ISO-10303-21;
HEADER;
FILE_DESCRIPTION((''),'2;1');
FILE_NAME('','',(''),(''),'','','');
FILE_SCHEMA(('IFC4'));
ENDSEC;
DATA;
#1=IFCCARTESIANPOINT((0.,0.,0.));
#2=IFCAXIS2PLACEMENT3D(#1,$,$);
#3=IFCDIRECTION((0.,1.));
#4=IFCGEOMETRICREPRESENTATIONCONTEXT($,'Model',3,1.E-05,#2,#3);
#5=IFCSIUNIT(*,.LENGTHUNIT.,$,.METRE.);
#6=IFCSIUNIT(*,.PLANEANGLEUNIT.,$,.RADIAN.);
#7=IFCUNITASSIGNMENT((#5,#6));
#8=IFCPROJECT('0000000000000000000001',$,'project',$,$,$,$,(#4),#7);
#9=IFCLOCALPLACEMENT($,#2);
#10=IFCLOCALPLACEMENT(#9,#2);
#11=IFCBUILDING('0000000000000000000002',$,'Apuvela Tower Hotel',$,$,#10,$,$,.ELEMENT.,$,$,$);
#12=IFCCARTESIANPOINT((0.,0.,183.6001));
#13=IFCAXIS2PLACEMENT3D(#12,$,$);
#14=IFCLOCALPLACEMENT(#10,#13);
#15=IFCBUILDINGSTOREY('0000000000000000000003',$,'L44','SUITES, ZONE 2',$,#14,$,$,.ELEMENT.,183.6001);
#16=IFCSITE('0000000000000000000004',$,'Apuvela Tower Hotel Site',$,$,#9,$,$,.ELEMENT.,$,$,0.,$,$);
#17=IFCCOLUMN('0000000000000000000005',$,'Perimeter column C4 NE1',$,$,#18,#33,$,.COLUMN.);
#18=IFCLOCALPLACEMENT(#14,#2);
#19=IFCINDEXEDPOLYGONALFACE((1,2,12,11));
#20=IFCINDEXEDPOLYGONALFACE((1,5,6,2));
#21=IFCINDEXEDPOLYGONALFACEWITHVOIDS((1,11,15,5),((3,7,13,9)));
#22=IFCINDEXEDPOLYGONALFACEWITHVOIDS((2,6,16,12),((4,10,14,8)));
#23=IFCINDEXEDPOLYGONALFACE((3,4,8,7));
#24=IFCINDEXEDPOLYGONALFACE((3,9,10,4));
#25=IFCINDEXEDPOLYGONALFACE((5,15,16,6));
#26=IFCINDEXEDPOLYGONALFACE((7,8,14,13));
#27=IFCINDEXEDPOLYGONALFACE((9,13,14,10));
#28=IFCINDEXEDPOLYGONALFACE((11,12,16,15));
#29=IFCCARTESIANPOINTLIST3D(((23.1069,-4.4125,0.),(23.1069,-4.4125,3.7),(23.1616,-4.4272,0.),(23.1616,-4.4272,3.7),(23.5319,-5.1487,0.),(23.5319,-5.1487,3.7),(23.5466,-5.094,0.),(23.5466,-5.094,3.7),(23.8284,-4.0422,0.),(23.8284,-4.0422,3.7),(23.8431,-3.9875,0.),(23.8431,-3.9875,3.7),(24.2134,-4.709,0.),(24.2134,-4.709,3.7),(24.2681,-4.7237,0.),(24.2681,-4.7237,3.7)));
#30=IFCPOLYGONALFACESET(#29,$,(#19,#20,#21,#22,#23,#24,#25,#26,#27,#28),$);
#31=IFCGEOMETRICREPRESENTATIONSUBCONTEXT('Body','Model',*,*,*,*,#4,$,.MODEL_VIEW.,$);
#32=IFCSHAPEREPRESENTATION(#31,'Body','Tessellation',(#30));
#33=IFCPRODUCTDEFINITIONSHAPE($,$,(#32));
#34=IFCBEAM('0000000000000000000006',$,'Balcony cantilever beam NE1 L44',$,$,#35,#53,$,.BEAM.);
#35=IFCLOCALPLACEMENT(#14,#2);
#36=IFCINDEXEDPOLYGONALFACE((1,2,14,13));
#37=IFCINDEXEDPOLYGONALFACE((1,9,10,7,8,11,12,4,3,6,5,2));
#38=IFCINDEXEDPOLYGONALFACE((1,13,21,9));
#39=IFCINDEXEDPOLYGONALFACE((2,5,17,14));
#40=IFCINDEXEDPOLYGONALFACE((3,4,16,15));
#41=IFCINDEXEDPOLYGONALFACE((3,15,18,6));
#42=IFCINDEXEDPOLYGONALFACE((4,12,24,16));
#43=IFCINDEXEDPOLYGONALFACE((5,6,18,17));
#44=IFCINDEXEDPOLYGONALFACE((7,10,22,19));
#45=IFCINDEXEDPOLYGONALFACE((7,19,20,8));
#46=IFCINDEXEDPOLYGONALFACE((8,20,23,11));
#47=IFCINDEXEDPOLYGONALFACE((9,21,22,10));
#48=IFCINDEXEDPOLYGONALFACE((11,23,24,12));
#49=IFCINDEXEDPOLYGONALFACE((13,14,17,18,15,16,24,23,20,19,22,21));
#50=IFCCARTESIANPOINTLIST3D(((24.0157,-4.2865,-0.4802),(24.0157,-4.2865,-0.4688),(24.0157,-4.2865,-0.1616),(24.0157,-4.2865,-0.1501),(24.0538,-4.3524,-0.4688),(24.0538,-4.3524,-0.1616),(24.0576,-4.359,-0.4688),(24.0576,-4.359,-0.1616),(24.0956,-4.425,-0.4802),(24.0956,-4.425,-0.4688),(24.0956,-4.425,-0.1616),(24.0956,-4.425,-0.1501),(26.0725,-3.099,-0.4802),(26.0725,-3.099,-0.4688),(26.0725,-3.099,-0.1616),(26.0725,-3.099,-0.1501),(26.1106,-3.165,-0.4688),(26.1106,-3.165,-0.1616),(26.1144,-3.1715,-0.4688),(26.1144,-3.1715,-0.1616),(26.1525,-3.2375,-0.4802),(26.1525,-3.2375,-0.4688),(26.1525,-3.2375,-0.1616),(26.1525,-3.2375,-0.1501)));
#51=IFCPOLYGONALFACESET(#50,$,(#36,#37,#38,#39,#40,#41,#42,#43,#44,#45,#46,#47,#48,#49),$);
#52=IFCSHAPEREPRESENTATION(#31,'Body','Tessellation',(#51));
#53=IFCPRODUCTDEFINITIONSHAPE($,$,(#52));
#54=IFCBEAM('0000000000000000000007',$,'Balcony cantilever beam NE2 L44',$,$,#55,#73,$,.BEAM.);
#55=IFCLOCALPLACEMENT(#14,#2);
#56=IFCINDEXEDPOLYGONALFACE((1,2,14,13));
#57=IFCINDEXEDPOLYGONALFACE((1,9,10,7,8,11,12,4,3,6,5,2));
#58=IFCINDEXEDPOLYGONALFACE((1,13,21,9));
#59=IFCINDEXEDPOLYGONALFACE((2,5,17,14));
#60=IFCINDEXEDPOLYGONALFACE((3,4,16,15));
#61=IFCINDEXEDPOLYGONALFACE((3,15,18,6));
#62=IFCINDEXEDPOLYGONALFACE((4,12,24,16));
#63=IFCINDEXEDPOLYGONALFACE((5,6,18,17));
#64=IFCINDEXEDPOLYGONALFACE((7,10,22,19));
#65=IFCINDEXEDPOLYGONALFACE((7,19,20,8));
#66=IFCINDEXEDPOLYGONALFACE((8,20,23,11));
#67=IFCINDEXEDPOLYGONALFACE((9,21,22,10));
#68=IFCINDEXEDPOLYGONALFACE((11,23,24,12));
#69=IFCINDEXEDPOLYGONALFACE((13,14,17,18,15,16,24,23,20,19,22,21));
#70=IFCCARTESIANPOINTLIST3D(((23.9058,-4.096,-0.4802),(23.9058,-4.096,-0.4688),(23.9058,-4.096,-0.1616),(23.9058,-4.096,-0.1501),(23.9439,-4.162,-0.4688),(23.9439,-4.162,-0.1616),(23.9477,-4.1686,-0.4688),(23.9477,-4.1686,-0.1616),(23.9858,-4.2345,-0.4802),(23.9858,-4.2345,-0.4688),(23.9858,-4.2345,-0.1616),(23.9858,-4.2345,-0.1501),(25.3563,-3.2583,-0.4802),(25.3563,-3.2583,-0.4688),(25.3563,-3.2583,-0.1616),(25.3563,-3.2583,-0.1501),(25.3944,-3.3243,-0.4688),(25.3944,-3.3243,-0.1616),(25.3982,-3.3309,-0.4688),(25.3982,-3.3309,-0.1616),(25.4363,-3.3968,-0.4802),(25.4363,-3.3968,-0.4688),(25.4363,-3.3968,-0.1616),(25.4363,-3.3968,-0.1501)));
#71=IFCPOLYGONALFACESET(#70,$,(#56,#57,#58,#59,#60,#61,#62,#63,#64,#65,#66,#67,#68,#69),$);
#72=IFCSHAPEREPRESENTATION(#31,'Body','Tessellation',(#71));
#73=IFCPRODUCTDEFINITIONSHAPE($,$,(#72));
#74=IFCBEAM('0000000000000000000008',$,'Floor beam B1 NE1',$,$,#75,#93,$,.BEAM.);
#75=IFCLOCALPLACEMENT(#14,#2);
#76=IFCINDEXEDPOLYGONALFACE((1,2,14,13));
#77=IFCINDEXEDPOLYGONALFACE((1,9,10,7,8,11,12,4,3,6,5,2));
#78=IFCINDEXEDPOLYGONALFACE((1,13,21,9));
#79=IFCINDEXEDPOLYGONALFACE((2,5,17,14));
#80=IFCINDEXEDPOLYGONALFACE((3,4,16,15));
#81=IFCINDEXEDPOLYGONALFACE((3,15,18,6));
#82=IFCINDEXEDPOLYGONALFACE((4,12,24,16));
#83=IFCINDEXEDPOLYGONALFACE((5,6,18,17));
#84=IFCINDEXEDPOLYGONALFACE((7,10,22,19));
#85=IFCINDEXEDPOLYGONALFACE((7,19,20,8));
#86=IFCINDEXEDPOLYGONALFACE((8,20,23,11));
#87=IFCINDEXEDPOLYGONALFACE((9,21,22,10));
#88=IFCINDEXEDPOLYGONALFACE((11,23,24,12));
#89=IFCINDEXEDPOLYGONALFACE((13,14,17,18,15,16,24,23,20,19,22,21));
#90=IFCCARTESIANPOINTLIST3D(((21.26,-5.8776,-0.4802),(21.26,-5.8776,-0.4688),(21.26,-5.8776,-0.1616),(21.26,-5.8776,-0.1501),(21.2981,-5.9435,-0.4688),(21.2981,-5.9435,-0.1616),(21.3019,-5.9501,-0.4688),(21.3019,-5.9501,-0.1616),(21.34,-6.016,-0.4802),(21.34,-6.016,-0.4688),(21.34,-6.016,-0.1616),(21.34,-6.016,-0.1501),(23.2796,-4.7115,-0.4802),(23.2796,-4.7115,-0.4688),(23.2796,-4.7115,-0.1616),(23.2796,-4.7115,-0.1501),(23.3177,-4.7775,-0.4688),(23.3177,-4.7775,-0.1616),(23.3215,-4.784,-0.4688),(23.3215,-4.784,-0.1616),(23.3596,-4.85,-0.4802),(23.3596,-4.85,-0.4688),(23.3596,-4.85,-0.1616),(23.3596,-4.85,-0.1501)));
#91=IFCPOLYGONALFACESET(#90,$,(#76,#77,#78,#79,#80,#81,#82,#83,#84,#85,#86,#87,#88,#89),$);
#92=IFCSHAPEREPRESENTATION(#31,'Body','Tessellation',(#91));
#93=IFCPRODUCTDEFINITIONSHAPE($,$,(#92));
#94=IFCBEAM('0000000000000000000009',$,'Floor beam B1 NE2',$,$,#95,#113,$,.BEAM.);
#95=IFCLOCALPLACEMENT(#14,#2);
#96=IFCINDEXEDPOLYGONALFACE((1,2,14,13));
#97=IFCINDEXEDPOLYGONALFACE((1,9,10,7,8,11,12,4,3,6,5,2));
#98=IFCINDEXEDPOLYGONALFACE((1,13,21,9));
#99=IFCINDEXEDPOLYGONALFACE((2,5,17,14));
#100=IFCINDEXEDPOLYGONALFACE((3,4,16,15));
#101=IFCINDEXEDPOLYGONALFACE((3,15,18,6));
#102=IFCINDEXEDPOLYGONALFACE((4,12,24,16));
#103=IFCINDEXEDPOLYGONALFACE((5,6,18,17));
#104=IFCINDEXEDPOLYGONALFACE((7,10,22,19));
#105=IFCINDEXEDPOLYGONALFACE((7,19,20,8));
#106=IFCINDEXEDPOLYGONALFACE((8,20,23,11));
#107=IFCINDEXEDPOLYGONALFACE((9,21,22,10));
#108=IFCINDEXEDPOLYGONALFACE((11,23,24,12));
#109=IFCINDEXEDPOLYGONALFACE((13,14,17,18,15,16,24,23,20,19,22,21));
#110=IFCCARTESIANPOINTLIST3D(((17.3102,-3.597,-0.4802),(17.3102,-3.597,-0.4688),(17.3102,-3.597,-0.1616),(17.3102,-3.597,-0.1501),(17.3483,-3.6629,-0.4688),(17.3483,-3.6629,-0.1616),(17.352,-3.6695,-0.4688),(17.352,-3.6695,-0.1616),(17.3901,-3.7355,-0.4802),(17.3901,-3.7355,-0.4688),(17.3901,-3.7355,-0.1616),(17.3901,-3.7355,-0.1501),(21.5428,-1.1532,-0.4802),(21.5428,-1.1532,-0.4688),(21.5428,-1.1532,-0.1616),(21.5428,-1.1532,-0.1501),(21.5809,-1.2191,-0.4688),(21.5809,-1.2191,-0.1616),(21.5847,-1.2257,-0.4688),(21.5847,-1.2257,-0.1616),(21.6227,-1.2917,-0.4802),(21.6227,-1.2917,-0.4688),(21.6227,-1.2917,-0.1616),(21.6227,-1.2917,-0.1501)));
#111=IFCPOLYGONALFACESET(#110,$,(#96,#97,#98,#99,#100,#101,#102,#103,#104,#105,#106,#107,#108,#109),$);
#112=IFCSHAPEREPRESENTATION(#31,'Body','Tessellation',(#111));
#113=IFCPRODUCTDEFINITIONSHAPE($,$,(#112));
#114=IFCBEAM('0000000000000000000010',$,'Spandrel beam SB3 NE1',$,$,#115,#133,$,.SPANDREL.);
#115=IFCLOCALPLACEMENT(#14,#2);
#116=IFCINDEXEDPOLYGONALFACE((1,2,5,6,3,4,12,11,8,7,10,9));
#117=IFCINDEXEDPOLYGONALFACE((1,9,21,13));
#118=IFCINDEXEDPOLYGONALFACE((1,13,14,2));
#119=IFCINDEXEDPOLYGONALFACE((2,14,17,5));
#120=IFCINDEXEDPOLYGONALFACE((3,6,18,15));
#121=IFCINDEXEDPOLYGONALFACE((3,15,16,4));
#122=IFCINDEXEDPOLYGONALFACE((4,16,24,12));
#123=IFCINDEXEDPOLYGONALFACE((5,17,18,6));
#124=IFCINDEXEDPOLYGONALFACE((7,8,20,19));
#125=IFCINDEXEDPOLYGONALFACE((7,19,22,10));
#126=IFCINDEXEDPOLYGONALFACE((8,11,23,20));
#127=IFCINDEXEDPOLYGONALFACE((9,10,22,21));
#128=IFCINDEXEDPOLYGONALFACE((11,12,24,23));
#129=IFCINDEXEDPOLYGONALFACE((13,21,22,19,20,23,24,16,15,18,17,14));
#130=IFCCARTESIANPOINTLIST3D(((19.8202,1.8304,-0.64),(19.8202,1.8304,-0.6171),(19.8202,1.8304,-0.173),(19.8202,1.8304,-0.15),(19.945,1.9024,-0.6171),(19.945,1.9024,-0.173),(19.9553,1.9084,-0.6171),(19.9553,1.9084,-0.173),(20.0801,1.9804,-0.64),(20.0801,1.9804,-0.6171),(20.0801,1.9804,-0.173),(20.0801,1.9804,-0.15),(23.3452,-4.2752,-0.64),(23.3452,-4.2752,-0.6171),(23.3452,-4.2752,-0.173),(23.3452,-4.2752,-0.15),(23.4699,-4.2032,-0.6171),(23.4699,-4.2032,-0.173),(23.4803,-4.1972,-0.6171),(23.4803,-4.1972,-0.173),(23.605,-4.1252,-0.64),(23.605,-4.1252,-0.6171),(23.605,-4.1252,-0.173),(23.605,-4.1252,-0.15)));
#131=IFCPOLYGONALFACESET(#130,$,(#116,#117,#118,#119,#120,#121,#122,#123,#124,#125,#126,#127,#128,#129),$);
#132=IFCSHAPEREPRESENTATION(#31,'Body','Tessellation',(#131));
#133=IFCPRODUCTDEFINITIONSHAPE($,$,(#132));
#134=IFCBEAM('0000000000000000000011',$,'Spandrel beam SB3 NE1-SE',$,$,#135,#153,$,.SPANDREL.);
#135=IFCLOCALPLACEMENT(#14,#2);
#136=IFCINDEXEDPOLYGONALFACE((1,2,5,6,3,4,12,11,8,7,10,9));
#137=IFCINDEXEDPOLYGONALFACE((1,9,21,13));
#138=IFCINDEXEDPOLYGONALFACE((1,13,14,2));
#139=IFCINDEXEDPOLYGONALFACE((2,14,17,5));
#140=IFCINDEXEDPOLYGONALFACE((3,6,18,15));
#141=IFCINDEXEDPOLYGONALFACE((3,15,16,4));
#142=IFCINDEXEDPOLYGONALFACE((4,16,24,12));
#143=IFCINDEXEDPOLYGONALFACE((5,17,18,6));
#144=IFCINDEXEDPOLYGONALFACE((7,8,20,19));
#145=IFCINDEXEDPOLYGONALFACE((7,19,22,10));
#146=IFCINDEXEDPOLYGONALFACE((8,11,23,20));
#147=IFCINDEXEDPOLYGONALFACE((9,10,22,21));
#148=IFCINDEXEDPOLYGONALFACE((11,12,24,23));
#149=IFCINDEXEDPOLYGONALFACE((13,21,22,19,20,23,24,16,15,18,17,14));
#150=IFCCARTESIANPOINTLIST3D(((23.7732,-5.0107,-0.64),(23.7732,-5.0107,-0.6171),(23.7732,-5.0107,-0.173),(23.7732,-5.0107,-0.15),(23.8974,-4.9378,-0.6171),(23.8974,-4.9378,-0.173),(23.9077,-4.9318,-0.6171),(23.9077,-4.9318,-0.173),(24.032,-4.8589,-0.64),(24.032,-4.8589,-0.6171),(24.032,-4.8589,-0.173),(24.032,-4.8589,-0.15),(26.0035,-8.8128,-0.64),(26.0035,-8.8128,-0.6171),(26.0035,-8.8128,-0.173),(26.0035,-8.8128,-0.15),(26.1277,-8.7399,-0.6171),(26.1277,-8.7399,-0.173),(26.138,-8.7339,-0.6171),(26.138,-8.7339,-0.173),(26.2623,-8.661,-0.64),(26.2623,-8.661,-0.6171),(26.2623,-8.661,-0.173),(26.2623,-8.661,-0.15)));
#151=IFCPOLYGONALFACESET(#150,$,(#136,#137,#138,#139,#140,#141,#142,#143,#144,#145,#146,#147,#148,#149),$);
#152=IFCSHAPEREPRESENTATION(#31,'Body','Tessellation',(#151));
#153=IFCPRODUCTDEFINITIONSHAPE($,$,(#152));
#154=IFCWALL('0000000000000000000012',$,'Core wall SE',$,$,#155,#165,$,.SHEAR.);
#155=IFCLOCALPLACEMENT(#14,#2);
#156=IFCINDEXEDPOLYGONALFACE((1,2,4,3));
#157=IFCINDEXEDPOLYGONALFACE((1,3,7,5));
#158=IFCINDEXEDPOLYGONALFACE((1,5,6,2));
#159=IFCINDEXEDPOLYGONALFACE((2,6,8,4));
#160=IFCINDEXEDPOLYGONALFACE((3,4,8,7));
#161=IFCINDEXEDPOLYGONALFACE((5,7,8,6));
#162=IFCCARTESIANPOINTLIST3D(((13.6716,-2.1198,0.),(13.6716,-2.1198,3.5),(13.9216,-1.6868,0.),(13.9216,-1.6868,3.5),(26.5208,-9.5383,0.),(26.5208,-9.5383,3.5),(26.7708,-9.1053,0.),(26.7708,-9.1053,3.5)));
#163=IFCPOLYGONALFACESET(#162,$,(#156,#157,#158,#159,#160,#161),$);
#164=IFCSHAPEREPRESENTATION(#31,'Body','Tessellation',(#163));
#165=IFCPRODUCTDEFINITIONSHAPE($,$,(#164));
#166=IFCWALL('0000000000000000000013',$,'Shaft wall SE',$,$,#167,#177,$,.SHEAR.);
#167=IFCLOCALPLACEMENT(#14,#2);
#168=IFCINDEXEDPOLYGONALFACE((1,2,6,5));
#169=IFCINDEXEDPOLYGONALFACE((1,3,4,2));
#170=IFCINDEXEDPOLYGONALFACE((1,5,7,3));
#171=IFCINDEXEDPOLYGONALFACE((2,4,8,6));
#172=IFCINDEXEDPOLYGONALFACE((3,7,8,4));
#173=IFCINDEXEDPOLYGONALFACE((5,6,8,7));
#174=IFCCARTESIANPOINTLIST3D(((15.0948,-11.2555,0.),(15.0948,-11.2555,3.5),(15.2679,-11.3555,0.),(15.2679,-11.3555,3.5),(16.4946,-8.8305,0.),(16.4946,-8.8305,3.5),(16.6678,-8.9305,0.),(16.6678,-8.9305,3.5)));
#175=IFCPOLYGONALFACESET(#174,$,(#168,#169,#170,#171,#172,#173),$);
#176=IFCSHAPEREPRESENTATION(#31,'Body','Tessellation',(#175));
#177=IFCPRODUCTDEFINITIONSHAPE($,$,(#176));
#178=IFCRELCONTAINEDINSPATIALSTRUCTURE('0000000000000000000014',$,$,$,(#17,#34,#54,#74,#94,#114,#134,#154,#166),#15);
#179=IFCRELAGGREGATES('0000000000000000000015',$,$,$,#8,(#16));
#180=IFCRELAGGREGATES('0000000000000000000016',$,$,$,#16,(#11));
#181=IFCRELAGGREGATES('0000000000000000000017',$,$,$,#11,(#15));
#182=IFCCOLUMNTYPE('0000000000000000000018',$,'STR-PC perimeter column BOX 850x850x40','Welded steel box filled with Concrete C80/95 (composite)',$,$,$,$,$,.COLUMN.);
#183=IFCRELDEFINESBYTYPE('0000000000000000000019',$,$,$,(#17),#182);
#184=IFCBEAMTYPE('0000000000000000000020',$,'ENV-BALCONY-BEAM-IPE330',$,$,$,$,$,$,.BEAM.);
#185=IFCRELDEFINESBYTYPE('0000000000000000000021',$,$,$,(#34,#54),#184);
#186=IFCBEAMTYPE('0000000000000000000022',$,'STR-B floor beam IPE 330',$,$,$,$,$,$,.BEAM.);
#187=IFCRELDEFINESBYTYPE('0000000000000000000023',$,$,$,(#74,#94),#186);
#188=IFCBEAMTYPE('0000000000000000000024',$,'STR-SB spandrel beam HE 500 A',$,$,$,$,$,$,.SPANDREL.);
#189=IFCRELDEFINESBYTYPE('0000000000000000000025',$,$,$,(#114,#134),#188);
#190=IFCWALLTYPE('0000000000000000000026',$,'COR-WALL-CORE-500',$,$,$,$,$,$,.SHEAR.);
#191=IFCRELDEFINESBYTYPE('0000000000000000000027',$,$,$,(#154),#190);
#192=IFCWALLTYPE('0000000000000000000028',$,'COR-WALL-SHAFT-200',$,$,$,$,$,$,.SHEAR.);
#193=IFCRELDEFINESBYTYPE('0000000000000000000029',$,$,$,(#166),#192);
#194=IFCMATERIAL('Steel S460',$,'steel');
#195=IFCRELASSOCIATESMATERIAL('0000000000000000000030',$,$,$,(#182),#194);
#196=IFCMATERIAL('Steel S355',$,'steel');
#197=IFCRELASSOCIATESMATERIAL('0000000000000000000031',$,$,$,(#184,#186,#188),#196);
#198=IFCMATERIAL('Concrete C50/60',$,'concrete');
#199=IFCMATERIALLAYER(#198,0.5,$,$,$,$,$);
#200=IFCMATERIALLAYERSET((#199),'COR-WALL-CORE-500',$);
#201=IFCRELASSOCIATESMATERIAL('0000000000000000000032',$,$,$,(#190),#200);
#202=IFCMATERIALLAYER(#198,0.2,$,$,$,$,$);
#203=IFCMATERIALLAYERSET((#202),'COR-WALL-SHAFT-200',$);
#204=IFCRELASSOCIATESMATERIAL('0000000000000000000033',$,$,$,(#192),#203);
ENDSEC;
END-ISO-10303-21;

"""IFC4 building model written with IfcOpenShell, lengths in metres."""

from ifc_helpers import new_model, si_unit, direction, frame, frame_2d, origin, origin_2d, place, context, subcontext, project, spatial, rectangle, hollow_rectangle, i_section, extrude, material, layer, layer_set, material_profile, profile_set, type_object, element, save


model = new_model("IFC4")

# Units and contexts
model_context = context("Model", 3, precision=1e-05, world=origin(), true_north=direction((0.0, 1.0)))
body_context = subcontext(model_context, "Body", "Model", "MODEL_VIEW")
ifc_project = project(units=[si_unit("LENGTHUNIT", "METRE"), si_unit("PLANEANGLEUNIT", "RADIAN")], contexts=[model_context])

# Site, building, storey
site_placement = place(None, origin())
site = spatial("IfcSite", under=ifc_project, at=site_placement, Name="Apuvela Tower Hotel Site", CompositionType="ELEMENT", RefElevation=0.0)
building_placement = place(site_placement, origin())
building = spatial("IfcBuilding", under=site, at=building_placement, Name="Apuvela Tower Hotel", CompositionType="ELEMENT")
storey_placement = place(building_placement, frame((0.0, 0.0, 183.6001)))
storey = spatial("IfcBuildingStorey", under=building, at=storey_placement, Name="L44", Description="SUITES, ZONE 2", CompositionType="ELEMENT", Elevation=183.6001)

# Column
ifc_material_1 = material(Name="Steel S460", Category="steel")
ifc_material_profile_1 = material_profile(ifc_material_1, hollow_rectangle(XDim=0.8501, YDim=0.8501, WallThickness=0.04, at=origin_2d()), Name="BOX 850x850x40")
ifc_material_2 = material(Name="Concrete C80/95", Category="concrete")
ifc_material_profile_2 = material_profile(ifc_material_2, rectangle(XDim=0.77, YDim=0.77, at=origin_2d()), Name="Concrete C80/95 infill")
ifc_profile_set_1 = profile_set([ifc_material_profile_1, ifc_material_profile_2], Name="Steel S460")
column_type = type_object("IfcColumnType", Name="STR-PC perimeter column BOX 850x850x40", Description="Welded steel box filled with Concrete C80/95 (composite)", PredefinedType="COLUMN", material=ifc_profile_set_1)
column_placement = place(storey_placement, frame((23.6875, -4.5681, 0.0), z_axis=(0.0, 0.0, 1.0), x_axis=(-0.5, 0.866025, 0.0)))
element("IfcColumn", 1, at=column_placement, inside=storey, type_object=column_type, Name="Perimeter column C4 NE1", PredefinedType="COLUMN", context=body_context, shape_type="SweptSolid", body=[
    extrude(hollow_rectangle(XDim=0.8501, YDim=0.8501, WallThickness=0.04, at=origin_2d()), origin(), (0.0, 0.0, 1.0), 3.7),
])

# Beams
ifc_material_3 = material(Name="Steel S355", Category="steel")
ifc_material_profile_3 = material_profile(ifc_material_3, i_section(OverallWidth=0.1599, OverallDepth=0.3301, WebThickness=0.0076, FlangeThickness=0.0115, at=origin_2d()), Name="IPE 330")
ifc_profile_set_2 = profile_set([ifc_material_profile_3], Name="Steel S355")
beam_type_1 = type_object("IfcBeamType", Name="ENV-BALCONY-BEAM-IPE330", PredefinedType="BEAM", material=ifc_profile_set_2)
beam_1_placement = place(storey_placement, frame((24.0557, -4.3557, -0.3152), z_axis=(0.866033, 0.499986, 0.0), x_axis=(-0.499986, 0.866033, 0.0)))
element("IfcBeam", 2, at=beam_1_placement, inside=storey, type_object=beam_type_1, Name="Balcony cantilever beam NE1 L44", PredefinedType="BEAM", context=body_context, shape_type="SweptSolid", body=[
    extrude(i_section(OverallWidth=0.1599, OverallDepth=0.3301, WebThickness=0.0076, FlangeThickness=0.0115, at=origin_2d()), origin(), (0.0, 0.0, 1.0), 2.375),
])
beam_2_placement = place(storey_placement, frame((23.9458, -4.1653, -0.3152), z_axis=(0.865965, 0.500105, 0.0), x_axis=(-0.500105, 0.865965, 0.0)))
element("IfcBeam", 3, at=beam_2_placement, inside=storey, type_object=beam_type_1, Name="Balcony cantilever beam NE2 L44", PredefinedType="BEAM", context=body_context, shape_type="SweptSolid", body=[
    extrude(i_section(OverallWidth=0.1599, OverallDepth=0.3301, WebThickness=0.0076, FlangeThickness=0.0115, at=origin_2d()), origin(), (0.0, 0.0, 1.0), 1.675),
])
ifc_material_profile_4 = material_profile(ifc_material_3, i_section(OverallWidth=0.1599, OverallDepth=0.3301, WebThickness=0.0076, FlangeThickness=0.0115, at=origin_2d()), Name="IPE 330")
ifc_profile_set_3 = profile_set([ifc_material_profile_4], Name="Steel S355")
beam_type_2 = type_object("IfcBeamType", Name="STR-B floor beam IPE 330", PredefinedType="BEAM", material=ifc_profile_set_3)
beam_3_placement = place(storey_placement, frame((23.3196, -4.7808, -0.3152), z_axis=(-0.866018, -0.500012, 0.0), x_axis=(0.500012, -0.866018, 0.0)))
element("IfcBeam", 4, at=beam_3_placement, inside=storey, type_object=beam_type_2, Name="Floor beam B1 NE1", PredefinedType="BEAM", context=body_context, shape_type="SweptSolid", body=[
    extrude(i_section(OverallWidth=0.1599, OverallDepth=0.3301, WebThickness=0.0076, FlangeThickness=0.0115, at=origin_2d()), origin(), (0.0, 0.0, 1.0), 2.332),
])
beam_4_placement = place(storey_placement, frame((21.5828, -1.2224, -0.3152), z_axis=(-0.866015, -0.500018, 0.0), x_axis=(0.500018, -0.866015, 0.0)))
element("IfcBeam", 5, at=beam_4_placement, inside=storey, type_object=beam_type_2, Name="Floor beam B1 NE2", PredefinedType="BEAM", context=body_context, shape_type="SweptSolid", body=[
    extrude(i_section(OverallWidth=0.1599, OverallDepth=0.3301, WebThickness=0.0076, FlangeThickness=0.0115, at=origin_2d()), origin(), (0.0, 0.0, 1.0), 4.8875),
])
ifc_material_profile_5 = material_profile(ifc_material_3, i_section(OverallWidth=0.3, OverallDepth=0.49, WebThickness=0.012, FlangeThickness=0.0229, at=origin_2d()), Name="HE 500 A")
ifc_profile_set_4 = profile_set([ifc_material_profile_5], Name="Steel S355")
beam_type_3 = type_object("IfcBeamType", Name="STR-SB spandrel beam HE 500 A", PredefinedType="SPANDREL", material=ifc_profile_set_4)
beam_5_placement = place(storey_placement, frame((23.4751, -4.2002, -0.395), z_axis=(-0.49999, 0.866031, 0.0), x_axis=(-0.866031, -0.49999, 0.0)))
element("IfcBeam", 6, at=beam_5_placement, inside=storey, type_object=beam_type_3, Name="Spandrel beam SB3 NE1", PredefinedType="SPANDREL", context=body_context, shape_type="SweptSolid", body=[
    extrude(i_section(OverallWidth=0.3, OverallDepth=0.49, WebThickness=0.012, FlangeThickness=0.0229, at=origin_2d()), origin(), (0.0, 0.0, 1.0), 7.05),
])
beam_6_placement = place(storey_placement, frame((23.9026, -4.9348, -0.395), z_axis=(0.505967, -0.862553, 0.0), x_axis=(0.862553, 0.505967, 0.0)))
element("IfcBeam", 7, at=beam_6_placement, inside=storey, type_object=beam_type_3, Name="Spandrel beam SB3 NE1-SE", PredefinedType="SPANDREL", context=body_context, shape_type="SweptSolid", body=[
    extrude(i_section(OverallWidth=0.3, OverallDepth=0.49, WebThickness=0.012, FlangeThickness=0.0229, at=origin_2d()), origin(), (0.0, 0.0, 1.0), 4.408),
])

# Walls
ifc_material_4 = material(Name="Concrete C50/60", Category="concrete")
ifc_layer_1 = layer(ifc_material_4, 0.5)
ifc_layer_set_1 = layer_set([ifc_layer_1], Name="COR-WALL-CORE-500")
wall_type_1 = type_object("IfcWallType", Name="COR-WALL-CORE-500", PredefinedType="SHEAR", material=ifc_layer_set_1)
wall_1_placement = place(storey_placement, frame((13.7966, -1.9033, 0.0), z_axis=(0.0, 0.0, 1.0), x_axis=(0.866025, -0.500001, 0.0)))
element("IfcWall", 8, at=wall_1_placement, inside=storey, type_object=wall_type_1, Name="Core wall SE", PredefinedType="SHEAR", context=body_context, shape_type="SweptSolid", body=[
    extrude(rectangle(XDim=14.8369, YDim=0.5, at=frame_2d((7.4185, 0.0))), origin(), (0.0, 0.0, 1.0), 3.5),
])
ifc_layer_2 = layer(ifc_material_4, 0.2)
ifc_layer_set_2 = layer_set([ifc_layer_2], Name="COR-WALL-SHAFT-200")
wall_type_2 = type_object("IfcWallType", Name="COR-WALL-SHAFT-200", PredefinedType="SHEAR", material=ifc_layer_set_2)
wall_2_placement = place(storey_placement, frame((15.1814, -11.3054, 0.0), z_axis=(0.0, 0.0, 1.0), x_axis=(0.499946, 0.866056, 0.0)))
element("IfcWall", 9, at=wall_2_placement, inside=storey, type_object=wall_type_2, Name="Shaft wall SE", PredefinedType="SHEAR", context=body_context, shape_type="SweptSolid", body=[
    extrude(rectangle(XDim=2.8, YDim=0.2, at=frame_2d((1.3999, 0.0))), origin(), (0.0, 0.0, 1.0), 3.5),
])

save(model, "model.ifc")
